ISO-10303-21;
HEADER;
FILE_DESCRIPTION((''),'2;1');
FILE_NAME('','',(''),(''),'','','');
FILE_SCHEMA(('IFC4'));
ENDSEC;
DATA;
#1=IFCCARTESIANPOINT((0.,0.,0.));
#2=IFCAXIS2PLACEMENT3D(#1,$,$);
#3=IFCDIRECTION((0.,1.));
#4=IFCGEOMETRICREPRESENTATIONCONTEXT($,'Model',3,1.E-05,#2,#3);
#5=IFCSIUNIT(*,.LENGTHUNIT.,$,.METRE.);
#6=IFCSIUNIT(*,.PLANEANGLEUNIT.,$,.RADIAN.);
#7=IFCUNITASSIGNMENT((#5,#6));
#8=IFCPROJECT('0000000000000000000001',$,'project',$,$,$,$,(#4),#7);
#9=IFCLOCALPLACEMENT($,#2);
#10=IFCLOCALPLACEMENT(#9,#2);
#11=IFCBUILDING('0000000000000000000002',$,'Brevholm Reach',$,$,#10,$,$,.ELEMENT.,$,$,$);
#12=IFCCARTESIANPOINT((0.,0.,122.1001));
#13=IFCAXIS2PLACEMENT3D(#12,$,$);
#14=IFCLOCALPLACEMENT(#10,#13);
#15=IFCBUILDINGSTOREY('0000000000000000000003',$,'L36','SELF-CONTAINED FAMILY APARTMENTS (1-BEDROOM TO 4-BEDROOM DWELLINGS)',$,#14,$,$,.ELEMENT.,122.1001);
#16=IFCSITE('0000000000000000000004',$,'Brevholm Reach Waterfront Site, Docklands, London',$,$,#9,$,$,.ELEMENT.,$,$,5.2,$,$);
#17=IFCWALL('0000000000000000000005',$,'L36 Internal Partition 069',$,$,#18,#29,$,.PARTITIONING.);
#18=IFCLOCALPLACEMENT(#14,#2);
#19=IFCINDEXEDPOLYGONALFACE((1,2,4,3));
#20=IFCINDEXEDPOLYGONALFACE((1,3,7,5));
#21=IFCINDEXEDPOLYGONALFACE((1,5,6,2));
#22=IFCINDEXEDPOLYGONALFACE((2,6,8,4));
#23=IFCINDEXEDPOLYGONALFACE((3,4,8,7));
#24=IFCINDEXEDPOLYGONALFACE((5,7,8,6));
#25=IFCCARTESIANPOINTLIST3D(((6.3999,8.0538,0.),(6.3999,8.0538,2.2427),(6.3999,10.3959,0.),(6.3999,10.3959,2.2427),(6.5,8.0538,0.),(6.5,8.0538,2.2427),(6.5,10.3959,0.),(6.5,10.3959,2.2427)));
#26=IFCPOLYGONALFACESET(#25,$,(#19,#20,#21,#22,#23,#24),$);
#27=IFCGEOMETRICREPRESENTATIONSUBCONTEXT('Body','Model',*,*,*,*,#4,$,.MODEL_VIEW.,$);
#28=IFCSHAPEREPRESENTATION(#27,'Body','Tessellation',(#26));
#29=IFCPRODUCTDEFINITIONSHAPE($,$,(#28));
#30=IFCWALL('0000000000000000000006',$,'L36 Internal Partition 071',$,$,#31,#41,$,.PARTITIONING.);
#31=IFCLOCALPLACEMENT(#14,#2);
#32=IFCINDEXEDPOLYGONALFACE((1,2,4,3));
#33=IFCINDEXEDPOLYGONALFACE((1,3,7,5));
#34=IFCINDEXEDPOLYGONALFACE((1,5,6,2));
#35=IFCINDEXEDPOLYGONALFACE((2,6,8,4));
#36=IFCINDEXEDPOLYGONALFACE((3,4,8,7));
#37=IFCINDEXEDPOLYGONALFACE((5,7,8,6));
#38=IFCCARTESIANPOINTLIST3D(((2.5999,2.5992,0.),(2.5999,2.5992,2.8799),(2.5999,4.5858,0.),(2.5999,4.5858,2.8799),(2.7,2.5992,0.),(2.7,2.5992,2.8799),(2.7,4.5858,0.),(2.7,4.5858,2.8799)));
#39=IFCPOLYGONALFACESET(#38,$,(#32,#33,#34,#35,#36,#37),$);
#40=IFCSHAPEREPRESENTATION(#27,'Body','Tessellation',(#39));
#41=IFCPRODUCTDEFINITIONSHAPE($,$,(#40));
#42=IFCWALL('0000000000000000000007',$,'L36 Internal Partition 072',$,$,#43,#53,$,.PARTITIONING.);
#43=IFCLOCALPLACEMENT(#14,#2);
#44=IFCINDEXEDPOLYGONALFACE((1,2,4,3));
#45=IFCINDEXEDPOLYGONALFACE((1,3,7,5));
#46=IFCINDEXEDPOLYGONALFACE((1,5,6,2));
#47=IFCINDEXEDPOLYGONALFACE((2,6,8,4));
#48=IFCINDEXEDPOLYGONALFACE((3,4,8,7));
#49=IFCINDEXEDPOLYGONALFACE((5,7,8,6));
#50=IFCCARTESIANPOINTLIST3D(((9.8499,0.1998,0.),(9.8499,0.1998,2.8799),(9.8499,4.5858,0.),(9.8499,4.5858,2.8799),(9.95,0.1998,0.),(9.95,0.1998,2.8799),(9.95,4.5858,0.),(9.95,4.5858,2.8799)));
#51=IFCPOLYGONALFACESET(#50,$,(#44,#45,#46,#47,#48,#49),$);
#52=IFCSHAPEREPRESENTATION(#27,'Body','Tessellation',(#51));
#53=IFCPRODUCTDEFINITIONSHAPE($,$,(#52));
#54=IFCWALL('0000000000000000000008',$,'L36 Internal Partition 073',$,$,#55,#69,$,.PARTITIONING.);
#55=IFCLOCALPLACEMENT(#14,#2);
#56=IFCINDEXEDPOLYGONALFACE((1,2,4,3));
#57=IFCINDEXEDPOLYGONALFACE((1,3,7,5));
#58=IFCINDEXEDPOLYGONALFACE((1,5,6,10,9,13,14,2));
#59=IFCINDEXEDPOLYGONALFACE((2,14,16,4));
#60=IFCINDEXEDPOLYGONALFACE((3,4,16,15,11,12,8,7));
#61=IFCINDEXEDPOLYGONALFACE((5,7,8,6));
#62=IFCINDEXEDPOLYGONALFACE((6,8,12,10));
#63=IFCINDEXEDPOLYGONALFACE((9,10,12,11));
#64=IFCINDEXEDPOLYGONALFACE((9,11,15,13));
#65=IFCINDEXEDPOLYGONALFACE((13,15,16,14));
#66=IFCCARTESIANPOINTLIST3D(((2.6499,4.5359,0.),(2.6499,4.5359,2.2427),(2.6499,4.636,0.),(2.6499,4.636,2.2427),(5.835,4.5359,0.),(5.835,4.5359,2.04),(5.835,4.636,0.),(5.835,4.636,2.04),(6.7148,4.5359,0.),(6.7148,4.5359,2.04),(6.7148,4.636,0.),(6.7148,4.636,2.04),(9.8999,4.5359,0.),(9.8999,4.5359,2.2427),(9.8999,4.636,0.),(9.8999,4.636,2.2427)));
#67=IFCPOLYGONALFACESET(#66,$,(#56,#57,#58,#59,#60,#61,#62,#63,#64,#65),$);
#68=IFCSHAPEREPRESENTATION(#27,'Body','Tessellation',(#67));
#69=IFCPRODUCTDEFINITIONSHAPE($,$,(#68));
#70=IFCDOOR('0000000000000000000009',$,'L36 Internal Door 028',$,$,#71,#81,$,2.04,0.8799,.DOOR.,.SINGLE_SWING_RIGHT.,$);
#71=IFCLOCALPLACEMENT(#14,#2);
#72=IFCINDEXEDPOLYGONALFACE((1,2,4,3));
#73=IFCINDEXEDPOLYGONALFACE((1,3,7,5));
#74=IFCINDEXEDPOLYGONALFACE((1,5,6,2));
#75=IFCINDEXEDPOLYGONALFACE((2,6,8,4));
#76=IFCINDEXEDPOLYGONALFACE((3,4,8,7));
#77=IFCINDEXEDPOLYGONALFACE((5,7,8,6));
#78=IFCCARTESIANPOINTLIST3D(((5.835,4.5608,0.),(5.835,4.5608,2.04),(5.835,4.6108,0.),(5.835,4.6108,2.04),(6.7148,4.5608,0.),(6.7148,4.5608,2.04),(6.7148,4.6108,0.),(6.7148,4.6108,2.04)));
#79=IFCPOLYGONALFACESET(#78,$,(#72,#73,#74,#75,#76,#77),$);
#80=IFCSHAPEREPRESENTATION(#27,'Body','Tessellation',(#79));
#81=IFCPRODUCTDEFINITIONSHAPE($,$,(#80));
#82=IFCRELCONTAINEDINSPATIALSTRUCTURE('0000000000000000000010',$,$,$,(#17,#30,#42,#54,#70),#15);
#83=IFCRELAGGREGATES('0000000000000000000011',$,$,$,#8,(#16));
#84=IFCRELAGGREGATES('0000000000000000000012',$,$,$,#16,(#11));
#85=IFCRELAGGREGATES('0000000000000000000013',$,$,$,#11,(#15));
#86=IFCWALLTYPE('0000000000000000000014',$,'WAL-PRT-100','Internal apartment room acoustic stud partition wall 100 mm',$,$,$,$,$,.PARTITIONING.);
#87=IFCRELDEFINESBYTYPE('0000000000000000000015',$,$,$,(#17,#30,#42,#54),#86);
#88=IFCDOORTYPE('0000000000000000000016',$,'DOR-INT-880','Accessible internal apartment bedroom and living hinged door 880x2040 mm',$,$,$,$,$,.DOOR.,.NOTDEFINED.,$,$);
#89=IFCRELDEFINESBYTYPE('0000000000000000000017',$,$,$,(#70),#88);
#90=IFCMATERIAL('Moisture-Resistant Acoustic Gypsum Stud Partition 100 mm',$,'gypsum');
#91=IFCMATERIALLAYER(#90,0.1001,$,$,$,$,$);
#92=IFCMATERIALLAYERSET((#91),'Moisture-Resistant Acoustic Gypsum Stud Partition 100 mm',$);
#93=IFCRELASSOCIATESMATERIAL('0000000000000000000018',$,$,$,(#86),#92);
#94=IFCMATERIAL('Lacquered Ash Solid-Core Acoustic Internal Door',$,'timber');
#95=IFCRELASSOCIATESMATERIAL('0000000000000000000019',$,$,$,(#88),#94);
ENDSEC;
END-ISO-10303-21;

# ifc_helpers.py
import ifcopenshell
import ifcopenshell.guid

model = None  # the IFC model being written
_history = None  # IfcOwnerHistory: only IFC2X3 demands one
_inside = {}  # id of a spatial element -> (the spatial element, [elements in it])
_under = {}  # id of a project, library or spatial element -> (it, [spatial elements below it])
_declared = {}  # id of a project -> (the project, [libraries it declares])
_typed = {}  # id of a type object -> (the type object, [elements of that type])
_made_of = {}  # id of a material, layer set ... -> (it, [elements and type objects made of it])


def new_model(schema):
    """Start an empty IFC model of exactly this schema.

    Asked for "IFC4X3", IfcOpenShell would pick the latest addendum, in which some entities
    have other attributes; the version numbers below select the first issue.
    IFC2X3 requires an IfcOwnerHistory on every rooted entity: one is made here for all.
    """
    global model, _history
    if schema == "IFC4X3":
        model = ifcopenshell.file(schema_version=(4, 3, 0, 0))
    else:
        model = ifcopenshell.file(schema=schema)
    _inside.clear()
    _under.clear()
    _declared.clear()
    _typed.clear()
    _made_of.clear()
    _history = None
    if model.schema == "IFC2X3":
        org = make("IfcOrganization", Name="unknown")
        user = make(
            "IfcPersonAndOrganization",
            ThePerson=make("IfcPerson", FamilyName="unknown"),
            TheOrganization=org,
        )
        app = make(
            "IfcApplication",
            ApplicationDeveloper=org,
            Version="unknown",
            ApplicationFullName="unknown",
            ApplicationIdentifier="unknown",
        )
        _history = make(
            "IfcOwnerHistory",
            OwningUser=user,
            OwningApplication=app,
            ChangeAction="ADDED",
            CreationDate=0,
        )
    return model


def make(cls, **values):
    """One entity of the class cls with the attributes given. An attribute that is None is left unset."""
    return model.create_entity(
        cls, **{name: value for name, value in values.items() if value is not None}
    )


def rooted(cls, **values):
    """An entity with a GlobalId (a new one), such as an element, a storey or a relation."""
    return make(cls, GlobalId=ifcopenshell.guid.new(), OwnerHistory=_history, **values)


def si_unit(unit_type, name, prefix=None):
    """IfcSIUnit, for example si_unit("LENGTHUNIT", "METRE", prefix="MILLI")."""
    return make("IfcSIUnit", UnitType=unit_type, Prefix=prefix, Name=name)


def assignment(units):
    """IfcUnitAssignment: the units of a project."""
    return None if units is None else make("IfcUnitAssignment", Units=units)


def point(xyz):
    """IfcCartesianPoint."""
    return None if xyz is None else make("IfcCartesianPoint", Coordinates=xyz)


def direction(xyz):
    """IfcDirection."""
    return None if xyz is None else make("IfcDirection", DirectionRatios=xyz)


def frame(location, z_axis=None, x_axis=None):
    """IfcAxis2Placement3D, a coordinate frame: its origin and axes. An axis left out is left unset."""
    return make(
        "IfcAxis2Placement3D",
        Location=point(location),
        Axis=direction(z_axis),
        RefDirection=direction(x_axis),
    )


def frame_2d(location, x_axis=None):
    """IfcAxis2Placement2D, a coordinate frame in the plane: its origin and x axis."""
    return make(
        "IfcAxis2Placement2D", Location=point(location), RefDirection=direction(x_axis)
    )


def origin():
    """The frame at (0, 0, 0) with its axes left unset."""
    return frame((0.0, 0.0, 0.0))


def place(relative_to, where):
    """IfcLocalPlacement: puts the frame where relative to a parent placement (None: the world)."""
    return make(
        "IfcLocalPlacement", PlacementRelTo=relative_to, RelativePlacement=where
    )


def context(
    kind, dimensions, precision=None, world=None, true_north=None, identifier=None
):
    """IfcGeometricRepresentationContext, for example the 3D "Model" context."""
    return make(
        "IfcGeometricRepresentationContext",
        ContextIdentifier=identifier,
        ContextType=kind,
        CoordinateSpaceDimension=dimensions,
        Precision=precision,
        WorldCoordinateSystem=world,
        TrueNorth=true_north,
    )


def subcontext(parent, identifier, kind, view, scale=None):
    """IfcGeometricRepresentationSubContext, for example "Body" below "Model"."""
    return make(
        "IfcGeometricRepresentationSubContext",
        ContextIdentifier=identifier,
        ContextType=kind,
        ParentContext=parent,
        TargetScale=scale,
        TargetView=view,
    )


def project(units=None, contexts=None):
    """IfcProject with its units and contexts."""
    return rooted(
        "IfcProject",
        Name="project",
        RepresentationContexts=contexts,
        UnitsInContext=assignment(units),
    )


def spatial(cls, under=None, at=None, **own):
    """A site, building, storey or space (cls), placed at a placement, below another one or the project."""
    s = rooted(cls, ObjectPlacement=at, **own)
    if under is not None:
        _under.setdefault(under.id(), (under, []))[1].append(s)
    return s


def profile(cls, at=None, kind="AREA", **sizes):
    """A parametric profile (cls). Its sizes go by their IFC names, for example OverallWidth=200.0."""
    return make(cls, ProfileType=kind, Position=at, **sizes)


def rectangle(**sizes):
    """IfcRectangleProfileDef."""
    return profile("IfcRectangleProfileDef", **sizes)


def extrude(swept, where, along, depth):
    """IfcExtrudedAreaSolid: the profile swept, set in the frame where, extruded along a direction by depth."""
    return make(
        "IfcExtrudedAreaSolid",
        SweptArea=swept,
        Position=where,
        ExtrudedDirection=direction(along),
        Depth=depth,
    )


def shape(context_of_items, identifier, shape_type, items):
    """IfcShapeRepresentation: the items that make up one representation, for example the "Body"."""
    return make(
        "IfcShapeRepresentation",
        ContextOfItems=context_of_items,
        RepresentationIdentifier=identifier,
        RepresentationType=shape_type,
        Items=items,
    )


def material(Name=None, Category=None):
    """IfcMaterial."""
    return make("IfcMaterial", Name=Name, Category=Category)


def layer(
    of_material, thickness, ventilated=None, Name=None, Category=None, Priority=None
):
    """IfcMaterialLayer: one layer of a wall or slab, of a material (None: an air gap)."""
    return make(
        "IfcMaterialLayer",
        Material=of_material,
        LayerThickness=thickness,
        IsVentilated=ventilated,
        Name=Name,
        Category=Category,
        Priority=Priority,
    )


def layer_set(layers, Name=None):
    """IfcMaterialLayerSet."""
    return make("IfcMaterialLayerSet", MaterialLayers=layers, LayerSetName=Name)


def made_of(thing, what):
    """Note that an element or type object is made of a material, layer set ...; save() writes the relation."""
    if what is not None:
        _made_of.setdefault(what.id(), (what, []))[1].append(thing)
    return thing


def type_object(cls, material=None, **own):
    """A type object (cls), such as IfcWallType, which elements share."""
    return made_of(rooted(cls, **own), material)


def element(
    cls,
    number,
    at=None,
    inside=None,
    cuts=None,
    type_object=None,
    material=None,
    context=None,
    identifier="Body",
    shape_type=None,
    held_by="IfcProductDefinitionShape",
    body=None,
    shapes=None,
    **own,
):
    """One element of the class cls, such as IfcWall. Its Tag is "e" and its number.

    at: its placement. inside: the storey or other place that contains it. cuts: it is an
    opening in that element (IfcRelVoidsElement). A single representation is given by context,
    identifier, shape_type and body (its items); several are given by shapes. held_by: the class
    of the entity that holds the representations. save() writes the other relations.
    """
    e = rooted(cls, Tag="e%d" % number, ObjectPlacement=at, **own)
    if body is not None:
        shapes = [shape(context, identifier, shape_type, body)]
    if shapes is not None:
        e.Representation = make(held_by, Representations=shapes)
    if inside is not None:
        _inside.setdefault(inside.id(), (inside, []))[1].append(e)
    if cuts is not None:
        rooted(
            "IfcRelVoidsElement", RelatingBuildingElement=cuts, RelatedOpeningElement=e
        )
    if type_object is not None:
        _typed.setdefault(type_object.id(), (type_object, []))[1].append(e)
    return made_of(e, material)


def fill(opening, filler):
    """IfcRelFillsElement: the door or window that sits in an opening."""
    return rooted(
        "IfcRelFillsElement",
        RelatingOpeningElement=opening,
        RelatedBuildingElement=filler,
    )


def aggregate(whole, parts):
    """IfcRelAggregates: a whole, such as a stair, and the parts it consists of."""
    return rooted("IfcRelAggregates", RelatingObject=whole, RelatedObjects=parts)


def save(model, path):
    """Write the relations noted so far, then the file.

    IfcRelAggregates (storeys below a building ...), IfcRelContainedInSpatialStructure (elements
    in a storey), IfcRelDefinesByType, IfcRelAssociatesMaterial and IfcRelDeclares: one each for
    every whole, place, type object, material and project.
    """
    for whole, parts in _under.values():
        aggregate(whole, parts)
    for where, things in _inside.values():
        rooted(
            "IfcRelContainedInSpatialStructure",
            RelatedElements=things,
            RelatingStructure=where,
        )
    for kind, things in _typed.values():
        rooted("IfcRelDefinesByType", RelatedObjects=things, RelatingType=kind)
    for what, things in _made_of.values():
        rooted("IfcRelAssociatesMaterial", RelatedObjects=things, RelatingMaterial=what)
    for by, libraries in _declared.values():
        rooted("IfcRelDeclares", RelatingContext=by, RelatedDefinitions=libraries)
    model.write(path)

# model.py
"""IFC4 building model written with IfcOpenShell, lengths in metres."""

from ifc_helpers import new_model, si_unit, direction, frame, frame_2d, origin, place, context, subcontext, project, spatial, rectangle, extrude, material, layer, layer_set, type_object, element, fill, save


model = new_model("IFC4")

# Units and contexts
model_context = context("Model", 3, precision=1e-05, world=origin(), true_north=direction((0.0, 1.0)))
body_context = subcontext(model_context, "Body", "Model", "MODEL_VIEW")
ifc_project = project(units=[si_unit("LENGTHUNIT", "METRE"), si_unit("PLANEANGLEUNIT", "RADIAN")], contexts=[model_context])

# Site, building, storey
site_placement = place(None, origin())
site = spatial("IfcSite", under=ifc_project, at=site_placement, Name="Brevholm Reach Waterfront Site, Docklands, London", CompositionType="ELEMENT", RefElevation=5.2)
building_placement = place(site_placement, origin())
building = spatial("IfcBuilding", under=site, at=building_placement, Name="Brevholm Reach", CompositionType="ELEMENT")
storey_placement = place(building_placement, frame((0.0, 0.0, 122.1001)))
storey = spatial("IfcBuildingStorey", under=building, at=storey_placement, Name="L36", Description="SELF-CONTAINED FAMILY APARTMENTS (1-BEDROOM TO 4-BEDROOM DWELLINGS)", CompositionType="ELEMENT", Elevation=122.1001)

# Shared definitions
ifc_material_1 = material(Name="Moisture-Resistant Acoustic Gypsum Stud Partition 100 mm", Category="gypsum")
ifc_layer = layer(ifc_material_1, 0.1001)
ifc_layer_set = layer_set([ifc_layer], Name="Moisture-Resistant Acoustic Gypsum Stud Partition 100 mm")
wall_type = type_object("IfcWallType", Name="WAL-PRT-100", Description="Internal apartment room acoustic stud partition wall 100 mm", PredefinedType="PARTITIONING", material=ifc_layer_set)

# Shared definitions
ifc_material_2 = material(Name="Lacquered Ash Solid-Core Acoustic Internal Door", Category="timber")
door_type = type_object("IfcDoorType", Name="DOR-INT-880", Description="Accessible internal apartment bedroom and living hinged door 880x2040 mm", OperationType="NOTDEFINED", PredefinedType="DOOR", material=ifc_material_2)

# Walls
wall_1_placement = place(storey_placement, frame((6.45, 8.054, 0.0), z_axis=(0.0, 0.0, 1.0), x_axis=(0.0, 1.0, 0.0)))
element("IfcWall", 1, at=wall_1_placement, inside=storey, type_object=wall_type, Name="L36 Internal Partition 069", PredefinedType="PARTITIONING", context=body_context, shape_type="SweptSolid", body=[
    extrude(rectangle(XDim=2.342, YDim=0.1001, at=frame_2d((1.1709, 0.0))), origin(), (0.0, 0.0, 1.0), 2.2427),
])
wall_2_placement = place(storey_placement, frame((2.6499, 2.5994, 0.0), z_axis=(0.0, 0.0, 1.0), x_axis=(0.0, 1.0, 0.0)))
element("IfcWall", 2, at=wall_2_placement, inside=storey, type_object=wall_type, Name="L36 Internal Partition 071", PredefinedType="PARTITIONING", context=body_context, shape_type="SweptSolid", body=[
    extrude(rectangle(XDim=1.9866, YDim=0.1001, at=frame_2d((0.9932, 0.0))), origin(), (0.0, 0.0, 1.0), 2.8799),
])
wall_3_placement = place(storey_placement, frame((9.8999, 0.2, 0.0), z_axis=(0.0, 0.0, 1.0), x_axis=(0.0, 1.0, 0.0)))
element("IfcWall", 3, at=wall_3_placement, inside=storey, type_object=wall_type, Name="L36 Internal Partition 072", PredefinedType="PARTITIONING", context=body_context, shape_type="SweptSolid", body=[
    extrude(rectangle(XDim=4.386, YDim=0.1001, at=frame_2d((2.1929, 0.0))), origin(), (0.0, 0.0, 1.0), 2.8799),
])

# Wall, opening, door
wall_4_placement = place(storey_placement, frame((2.6499, 4.5859, 0.0), z_axis=(0.0, 0.0, 1.0), x_axis=(1.0, 0.0, 0.0)))
wall_4 = element("IfcWall", 4, at=wall_4_placement, inside=storey, type_object=wall_type, Name="L36 Internal Partition 073", PredefinedType="PARTITIONING", context=body_context, shape_type="SweptSolid", body=[
    extrude(rectangle(XDim=7.25, YDim=0.1001, at=frame_2d((3.625, 0.0))), origin(), (0.0, 0.0, 1.0), 2.2427),
])
opening_1_placement = place(wall_4_placement, frame((3.1851, 0.0, 0.0)))
opening_1 = element("IfcOpeningElement", 5, at=opening_1_placement, cuts=wall_4, PredefinedType="OPENING", context=body_context, shape_type="SweptSolid", body=[
    extrude(rectangle(XDim=0.8799, YDim=2.04, at=frame_2d((0.4399, 1.02))), frame((0.0, 0.0601, 0.0), z_axis=(0.0, -1.0, 0.0), x_axis=(1.0, 0.0, 0.0)), (0.0, 0.0, 1.0), 0.1201),
])
door_1_placement = place(opening_1_placement, origin())
door_1 = element("IfcDoor", 6, at=door_1_placement, inside=storey, type_object=door_type, Name="L36 Internal Door 028", OperationType="SINGLE_SWING_RIGHT", OverallHeight=2.04, OverallWidth=0.8799, PredefinedType="DOOR", context=body_context, shape_type="SweptSolid", body=[
    extrude(rectangle(XDim=0.8799, YDim=2.04, at=frame_2d((0.4399, 1.02))), frame((0.0, 0.0249, 0.0), z_axis=(0.0, -1.0, 0.0), x_axis=(1.0, 0.0, 0.0)), (0.0, 0.0, 1.0), 0.05),
])
fill(opening_1, door_1)

save(model, "model.ifc")
